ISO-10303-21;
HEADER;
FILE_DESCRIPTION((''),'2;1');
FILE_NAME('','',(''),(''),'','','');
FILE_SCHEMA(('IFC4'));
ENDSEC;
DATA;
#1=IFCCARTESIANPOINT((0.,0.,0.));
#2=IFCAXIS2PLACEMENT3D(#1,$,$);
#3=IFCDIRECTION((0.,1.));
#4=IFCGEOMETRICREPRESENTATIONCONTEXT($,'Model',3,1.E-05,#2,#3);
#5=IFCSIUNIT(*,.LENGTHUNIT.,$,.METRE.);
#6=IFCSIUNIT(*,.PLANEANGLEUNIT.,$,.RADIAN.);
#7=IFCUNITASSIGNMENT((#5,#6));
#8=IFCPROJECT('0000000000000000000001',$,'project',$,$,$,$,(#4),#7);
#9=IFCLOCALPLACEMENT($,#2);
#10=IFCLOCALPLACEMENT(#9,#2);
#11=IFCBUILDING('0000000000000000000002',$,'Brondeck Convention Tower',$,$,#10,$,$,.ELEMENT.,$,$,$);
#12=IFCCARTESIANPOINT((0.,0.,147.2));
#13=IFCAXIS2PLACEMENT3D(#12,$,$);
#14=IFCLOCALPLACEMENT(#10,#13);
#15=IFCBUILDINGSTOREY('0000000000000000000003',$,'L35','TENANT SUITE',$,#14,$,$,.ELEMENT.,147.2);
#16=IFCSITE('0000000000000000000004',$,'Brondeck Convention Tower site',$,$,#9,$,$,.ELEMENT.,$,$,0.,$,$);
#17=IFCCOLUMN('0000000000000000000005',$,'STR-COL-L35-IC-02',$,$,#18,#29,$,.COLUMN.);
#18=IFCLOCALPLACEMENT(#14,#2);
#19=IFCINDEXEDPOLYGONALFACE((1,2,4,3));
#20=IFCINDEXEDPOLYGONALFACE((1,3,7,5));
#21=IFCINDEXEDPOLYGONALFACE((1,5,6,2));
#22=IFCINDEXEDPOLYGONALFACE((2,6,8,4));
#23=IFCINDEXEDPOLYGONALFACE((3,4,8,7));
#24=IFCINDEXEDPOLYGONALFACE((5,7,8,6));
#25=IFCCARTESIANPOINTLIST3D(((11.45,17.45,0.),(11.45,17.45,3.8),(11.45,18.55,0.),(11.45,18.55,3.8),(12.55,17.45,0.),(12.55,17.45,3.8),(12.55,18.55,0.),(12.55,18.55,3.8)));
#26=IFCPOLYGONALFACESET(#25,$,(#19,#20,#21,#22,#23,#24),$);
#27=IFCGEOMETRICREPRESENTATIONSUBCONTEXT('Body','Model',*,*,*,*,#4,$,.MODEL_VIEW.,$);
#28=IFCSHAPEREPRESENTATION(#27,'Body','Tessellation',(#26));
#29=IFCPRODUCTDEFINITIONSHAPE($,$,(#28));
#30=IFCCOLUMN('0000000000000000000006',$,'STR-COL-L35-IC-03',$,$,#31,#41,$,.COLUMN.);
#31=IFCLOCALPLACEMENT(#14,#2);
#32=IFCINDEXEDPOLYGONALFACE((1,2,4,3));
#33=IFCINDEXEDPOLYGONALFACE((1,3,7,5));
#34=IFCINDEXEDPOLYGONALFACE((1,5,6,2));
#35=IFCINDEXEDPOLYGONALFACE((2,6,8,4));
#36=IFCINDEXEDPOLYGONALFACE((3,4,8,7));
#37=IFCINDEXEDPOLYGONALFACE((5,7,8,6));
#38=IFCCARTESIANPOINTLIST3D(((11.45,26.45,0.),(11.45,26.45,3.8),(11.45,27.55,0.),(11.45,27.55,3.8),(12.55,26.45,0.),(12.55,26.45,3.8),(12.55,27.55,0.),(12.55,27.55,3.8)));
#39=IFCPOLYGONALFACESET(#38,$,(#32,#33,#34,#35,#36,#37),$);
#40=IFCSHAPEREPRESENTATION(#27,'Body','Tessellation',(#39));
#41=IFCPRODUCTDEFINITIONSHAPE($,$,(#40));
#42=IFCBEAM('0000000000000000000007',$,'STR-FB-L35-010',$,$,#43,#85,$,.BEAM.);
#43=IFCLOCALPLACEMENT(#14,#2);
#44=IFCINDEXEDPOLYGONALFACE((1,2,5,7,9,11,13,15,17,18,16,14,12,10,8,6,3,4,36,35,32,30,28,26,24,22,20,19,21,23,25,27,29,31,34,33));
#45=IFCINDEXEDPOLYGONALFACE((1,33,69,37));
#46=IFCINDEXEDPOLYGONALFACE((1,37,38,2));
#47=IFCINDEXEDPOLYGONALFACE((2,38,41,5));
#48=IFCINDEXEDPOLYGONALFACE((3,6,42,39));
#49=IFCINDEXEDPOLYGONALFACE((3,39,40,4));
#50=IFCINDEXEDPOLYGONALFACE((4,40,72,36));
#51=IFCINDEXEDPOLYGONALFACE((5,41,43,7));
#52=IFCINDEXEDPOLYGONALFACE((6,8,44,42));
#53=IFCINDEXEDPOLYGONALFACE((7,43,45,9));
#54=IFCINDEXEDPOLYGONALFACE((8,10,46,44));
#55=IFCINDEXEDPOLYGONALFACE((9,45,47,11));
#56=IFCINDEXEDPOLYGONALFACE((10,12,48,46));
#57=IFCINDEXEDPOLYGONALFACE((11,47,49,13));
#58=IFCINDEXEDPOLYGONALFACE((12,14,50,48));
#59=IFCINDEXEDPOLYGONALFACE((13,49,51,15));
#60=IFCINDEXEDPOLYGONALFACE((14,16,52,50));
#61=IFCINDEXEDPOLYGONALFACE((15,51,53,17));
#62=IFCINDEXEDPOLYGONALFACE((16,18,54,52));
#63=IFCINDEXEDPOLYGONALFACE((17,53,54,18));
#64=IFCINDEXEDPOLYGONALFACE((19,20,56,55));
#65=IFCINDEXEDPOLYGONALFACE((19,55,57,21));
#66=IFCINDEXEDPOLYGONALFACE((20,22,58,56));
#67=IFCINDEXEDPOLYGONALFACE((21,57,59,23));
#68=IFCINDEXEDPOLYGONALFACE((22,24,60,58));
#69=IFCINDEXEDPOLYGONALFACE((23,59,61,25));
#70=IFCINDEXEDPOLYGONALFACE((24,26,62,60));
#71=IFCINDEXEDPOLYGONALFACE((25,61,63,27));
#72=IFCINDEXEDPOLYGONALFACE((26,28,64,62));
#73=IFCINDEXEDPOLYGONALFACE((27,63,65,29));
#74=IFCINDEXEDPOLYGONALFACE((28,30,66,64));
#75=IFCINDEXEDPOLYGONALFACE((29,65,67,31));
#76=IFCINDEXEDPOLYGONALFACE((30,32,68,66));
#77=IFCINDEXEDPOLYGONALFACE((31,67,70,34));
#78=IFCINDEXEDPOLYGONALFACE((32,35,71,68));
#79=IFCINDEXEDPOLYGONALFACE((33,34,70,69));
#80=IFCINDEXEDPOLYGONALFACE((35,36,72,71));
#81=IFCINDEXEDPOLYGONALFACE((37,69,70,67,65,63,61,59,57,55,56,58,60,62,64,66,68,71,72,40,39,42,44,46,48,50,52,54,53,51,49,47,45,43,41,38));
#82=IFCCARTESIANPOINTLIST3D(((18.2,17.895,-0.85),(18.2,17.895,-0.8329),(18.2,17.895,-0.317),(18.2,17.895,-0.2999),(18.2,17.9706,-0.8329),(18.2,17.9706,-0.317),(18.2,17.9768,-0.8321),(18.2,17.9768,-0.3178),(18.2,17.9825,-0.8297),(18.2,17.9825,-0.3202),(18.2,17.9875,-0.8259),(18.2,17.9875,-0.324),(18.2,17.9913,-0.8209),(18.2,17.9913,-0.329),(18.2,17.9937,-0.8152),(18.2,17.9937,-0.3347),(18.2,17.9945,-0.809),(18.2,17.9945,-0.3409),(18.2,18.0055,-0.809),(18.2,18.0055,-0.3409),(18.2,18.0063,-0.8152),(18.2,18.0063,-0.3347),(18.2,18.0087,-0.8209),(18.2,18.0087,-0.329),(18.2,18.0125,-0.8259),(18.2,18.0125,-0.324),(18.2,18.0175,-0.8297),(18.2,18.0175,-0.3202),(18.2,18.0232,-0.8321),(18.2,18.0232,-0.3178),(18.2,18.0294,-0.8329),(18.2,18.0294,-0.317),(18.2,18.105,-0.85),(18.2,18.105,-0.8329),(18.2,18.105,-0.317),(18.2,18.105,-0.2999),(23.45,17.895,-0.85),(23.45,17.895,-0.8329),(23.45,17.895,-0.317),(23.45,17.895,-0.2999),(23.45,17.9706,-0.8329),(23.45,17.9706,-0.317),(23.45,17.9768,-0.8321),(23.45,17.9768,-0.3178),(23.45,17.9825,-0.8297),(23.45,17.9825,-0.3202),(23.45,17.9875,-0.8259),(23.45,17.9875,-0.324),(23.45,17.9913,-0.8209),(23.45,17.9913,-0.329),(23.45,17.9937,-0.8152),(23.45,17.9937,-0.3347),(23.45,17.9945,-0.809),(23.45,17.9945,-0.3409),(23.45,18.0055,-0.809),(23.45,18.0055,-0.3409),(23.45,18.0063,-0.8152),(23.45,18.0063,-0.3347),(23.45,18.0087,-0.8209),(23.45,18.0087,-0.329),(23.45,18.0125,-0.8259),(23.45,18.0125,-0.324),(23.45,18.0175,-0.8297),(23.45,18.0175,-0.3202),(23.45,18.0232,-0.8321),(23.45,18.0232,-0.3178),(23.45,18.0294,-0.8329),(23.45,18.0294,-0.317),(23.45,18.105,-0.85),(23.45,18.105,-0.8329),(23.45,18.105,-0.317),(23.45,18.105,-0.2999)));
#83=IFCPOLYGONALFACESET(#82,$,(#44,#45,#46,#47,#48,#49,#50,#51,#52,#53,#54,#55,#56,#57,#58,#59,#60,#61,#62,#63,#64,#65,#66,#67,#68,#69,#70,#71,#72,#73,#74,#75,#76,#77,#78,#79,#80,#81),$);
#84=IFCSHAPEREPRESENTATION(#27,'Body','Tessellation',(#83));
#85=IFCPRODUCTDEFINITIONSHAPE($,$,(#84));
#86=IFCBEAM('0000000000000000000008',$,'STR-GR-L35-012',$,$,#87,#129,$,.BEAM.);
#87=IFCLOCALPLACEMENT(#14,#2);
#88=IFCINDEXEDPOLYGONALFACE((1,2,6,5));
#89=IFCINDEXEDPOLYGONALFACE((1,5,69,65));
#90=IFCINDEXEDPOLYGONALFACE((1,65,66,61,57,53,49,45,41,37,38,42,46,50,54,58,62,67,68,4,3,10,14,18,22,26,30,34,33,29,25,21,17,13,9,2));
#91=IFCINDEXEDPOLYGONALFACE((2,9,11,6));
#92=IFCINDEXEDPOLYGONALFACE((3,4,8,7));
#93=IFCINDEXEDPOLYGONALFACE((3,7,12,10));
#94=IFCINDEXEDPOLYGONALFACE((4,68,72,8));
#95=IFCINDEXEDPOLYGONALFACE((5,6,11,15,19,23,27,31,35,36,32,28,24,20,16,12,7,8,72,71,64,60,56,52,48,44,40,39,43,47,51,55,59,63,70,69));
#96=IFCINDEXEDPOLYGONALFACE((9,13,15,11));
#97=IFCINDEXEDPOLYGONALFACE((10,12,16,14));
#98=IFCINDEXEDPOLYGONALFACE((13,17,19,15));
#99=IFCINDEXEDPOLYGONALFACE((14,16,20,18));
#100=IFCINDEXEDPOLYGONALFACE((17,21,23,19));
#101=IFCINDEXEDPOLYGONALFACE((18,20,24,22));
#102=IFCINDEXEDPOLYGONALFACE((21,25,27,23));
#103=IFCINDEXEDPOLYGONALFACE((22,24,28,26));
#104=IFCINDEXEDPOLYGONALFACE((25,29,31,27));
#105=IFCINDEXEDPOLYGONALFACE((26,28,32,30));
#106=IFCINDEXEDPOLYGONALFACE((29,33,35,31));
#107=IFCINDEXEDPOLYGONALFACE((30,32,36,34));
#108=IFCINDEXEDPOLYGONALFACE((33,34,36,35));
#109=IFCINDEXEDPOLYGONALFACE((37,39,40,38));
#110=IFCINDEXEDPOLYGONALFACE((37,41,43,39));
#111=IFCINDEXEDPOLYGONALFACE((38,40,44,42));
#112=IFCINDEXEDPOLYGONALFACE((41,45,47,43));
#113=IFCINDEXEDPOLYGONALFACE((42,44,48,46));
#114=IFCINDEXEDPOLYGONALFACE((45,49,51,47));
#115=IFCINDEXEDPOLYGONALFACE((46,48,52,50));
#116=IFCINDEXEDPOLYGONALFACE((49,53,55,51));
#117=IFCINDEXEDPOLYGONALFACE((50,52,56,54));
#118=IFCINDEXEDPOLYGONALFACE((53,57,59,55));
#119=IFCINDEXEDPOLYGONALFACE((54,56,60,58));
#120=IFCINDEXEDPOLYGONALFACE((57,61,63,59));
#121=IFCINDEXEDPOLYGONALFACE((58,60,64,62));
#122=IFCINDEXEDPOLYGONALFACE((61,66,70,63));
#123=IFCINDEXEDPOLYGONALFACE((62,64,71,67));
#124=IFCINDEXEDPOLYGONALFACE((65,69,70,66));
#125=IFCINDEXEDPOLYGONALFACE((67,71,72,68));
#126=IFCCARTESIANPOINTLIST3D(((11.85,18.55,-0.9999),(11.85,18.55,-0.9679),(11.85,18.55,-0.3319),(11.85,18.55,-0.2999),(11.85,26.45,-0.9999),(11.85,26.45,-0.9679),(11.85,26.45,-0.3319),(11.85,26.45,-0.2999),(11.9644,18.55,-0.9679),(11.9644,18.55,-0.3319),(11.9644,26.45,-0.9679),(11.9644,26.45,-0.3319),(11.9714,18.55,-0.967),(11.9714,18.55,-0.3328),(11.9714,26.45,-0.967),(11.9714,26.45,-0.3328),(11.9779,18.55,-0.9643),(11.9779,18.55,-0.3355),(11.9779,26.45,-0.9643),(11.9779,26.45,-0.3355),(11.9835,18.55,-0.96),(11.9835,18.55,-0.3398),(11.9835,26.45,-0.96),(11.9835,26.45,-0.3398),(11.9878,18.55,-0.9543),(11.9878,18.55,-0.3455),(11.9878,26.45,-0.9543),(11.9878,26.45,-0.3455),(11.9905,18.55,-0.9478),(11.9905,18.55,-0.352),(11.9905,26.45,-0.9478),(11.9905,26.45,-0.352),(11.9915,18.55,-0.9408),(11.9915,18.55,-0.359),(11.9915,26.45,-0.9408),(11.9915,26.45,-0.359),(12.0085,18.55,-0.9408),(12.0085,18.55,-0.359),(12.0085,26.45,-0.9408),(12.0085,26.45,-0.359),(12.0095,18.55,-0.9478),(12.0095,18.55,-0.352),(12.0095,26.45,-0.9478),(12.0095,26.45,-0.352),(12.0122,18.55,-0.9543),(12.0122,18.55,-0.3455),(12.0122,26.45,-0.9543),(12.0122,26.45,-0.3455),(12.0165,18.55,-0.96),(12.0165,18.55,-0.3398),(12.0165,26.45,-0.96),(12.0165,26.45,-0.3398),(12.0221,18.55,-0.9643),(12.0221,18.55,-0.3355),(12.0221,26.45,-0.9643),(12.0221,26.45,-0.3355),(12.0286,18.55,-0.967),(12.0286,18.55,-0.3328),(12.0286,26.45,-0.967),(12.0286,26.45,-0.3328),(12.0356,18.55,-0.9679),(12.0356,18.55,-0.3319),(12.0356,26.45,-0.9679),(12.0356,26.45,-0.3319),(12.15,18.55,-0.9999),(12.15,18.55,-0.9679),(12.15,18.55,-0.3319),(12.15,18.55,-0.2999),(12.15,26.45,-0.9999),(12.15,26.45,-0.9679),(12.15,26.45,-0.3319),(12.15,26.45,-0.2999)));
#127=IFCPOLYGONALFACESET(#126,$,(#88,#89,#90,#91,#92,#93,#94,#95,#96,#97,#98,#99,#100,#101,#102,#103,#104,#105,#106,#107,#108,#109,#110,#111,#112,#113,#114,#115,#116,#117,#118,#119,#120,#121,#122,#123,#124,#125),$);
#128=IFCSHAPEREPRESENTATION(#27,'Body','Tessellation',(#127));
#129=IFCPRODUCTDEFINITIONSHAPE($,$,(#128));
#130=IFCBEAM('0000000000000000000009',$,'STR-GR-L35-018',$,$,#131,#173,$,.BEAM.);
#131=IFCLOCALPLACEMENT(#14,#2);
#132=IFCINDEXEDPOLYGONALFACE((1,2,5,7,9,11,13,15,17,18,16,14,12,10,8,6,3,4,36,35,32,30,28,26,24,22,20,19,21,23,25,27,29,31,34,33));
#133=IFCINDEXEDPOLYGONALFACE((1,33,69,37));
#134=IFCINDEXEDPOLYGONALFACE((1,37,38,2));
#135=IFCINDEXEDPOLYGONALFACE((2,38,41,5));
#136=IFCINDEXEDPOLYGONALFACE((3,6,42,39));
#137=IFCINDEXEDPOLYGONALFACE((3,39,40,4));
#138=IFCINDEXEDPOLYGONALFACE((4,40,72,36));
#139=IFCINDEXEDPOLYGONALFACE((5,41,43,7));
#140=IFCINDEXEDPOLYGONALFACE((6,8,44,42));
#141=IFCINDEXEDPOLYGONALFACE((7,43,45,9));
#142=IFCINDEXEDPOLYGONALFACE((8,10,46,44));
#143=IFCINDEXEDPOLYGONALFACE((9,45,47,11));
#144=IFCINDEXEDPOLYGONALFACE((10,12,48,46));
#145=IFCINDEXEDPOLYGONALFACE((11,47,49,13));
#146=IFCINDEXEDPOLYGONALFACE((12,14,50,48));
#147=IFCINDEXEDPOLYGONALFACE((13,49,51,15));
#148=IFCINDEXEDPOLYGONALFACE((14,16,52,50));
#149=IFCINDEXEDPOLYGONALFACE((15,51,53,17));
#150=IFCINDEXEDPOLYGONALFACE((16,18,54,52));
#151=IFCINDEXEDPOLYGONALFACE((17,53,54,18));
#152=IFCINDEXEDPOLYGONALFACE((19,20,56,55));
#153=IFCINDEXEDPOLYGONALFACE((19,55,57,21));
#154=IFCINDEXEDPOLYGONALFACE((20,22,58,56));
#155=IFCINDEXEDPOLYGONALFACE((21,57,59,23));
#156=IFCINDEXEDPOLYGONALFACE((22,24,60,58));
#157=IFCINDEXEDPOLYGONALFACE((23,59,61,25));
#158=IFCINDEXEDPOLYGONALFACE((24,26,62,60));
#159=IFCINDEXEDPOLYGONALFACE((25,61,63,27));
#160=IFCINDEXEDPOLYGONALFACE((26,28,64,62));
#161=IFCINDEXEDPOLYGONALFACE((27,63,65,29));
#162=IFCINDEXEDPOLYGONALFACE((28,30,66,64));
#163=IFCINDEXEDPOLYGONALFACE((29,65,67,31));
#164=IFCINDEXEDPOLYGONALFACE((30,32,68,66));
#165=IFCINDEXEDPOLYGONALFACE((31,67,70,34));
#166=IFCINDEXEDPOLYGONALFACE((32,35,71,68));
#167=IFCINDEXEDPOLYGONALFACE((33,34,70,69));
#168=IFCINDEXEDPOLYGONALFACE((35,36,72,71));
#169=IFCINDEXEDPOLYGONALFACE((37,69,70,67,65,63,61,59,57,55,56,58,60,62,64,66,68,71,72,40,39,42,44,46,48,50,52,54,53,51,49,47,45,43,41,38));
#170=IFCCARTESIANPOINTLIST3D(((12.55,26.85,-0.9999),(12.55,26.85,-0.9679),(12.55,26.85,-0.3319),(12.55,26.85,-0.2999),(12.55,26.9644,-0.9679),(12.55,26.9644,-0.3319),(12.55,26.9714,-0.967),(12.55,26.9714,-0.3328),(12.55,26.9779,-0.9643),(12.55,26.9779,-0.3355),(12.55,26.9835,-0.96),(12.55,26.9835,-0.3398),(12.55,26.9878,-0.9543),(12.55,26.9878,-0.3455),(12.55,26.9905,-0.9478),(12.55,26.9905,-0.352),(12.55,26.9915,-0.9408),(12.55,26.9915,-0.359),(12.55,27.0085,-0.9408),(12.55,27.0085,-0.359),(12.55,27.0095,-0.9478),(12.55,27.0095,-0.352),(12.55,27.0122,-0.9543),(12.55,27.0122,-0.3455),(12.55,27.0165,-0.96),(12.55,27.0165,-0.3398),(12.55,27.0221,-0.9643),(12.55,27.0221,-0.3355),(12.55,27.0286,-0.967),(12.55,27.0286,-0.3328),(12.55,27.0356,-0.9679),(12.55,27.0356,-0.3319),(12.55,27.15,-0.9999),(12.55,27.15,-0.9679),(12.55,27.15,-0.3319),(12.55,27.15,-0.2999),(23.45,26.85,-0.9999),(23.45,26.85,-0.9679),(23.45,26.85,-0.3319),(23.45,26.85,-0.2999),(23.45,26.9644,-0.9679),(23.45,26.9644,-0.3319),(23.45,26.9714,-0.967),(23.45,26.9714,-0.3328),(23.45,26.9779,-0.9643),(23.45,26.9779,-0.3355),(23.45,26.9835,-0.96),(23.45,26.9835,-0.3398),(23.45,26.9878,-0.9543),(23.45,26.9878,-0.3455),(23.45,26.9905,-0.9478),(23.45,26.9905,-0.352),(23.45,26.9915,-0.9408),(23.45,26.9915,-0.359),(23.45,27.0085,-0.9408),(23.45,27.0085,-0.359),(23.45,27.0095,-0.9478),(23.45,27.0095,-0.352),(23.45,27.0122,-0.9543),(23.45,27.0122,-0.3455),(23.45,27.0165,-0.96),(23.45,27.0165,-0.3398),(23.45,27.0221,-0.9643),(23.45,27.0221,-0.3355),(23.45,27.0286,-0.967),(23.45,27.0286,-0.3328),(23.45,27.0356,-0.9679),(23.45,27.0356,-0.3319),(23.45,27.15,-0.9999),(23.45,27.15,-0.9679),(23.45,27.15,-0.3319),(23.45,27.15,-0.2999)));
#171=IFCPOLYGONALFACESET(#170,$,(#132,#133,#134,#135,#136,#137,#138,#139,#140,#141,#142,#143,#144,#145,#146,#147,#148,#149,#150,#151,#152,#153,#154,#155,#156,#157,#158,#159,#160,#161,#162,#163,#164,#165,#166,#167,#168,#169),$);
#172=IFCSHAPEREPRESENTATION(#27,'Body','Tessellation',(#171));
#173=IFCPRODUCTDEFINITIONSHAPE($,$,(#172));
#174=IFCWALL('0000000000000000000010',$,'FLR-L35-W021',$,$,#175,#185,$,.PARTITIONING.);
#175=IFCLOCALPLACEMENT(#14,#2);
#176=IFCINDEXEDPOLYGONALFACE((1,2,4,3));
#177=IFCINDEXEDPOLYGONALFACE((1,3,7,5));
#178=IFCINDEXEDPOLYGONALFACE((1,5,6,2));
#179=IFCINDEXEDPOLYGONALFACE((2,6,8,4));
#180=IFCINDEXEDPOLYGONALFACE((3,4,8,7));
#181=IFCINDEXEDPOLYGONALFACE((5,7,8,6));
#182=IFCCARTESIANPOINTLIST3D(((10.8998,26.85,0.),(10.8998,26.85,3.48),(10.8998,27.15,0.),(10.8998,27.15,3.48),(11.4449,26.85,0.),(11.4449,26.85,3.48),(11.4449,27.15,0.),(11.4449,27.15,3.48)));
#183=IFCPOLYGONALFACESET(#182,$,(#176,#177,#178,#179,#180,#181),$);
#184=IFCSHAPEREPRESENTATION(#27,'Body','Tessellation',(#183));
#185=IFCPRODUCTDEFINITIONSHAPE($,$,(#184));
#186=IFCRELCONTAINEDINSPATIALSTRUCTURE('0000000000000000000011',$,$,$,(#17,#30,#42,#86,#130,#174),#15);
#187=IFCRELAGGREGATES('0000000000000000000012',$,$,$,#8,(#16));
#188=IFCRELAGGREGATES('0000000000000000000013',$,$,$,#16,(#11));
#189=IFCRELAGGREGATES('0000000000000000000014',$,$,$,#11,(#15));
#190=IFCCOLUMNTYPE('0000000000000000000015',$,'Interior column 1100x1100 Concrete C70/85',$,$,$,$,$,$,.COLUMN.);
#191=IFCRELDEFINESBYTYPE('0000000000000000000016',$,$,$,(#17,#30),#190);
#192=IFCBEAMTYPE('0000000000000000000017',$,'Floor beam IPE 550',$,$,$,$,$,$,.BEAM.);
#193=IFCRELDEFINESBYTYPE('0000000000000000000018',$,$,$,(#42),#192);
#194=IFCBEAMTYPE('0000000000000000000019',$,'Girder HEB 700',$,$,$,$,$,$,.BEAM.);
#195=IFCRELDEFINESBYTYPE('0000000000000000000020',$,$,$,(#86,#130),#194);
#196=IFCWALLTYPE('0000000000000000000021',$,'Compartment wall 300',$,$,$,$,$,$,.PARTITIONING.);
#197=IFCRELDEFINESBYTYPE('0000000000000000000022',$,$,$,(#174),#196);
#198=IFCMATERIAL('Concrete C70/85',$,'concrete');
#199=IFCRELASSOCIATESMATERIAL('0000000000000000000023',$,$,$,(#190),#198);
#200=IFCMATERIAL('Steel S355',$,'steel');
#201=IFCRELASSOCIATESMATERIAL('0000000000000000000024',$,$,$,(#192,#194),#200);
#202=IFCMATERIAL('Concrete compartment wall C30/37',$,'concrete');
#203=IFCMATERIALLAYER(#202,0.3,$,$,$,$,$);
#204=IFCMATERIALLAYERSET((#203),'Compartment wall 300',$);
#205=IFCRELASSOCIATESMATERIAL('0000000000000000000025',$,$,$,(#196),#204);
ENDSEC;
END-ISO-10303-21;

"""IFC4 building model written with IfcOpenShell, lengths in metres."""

from ifc_helpers import new_model, si_unit, direction, frame, frame_2d, origin, origin_2d, place, context, subcontext, project, spatial, rectangle, i_section, extrude, material, layer, layer_set, material_profile, profile_set, type_object, element, save


model = new_model("IFC4")

# Units and contexts
model_context = context("Model", 3, precision=1e-05, world=origin(), true_north=direction((0.0, 1.0)))
body_context = subcontext(model_context, "Body", "Model", "MODEL_VIEW")
ifc_project = project(units=[si_unit("LENGTHUNIT", "METRE"), si_unit("PLANEANGLEUNIT", "RADIAN")], contexts=[model_context])

# Site, building, storey
site_placement = place(None, origin())
site = spatial("IfcSite", under=ifc_project, at=site_placement, Name="Brondeck Convention Tower site", CompositionType="ELEMENT", RefElevation=0.0)
building_placement = place(site_placement, origin())
building = spatial("IfcBuilding", under=site, at=building_placement, Name="Brondeck Convention Tower", CompositionType="ELEMENT")
storey_placement = place(building_placement, frame((0.0, 0.0, 147.2)))
storey = spatial("IfcBuildingStorey", under=building, at=storey_placement, Name="L35", Description="TENANT SUITE", CompositionType="ELEMENT", Elevation=147.2)

# Columns
ifc_material_1 = material(Name="Concrete C70/85", Category="concrete")
ifc_material_profile_1 = material_profile(ifc_material_1, rectangle(XDim=1.1001, YDim=1.1001, at=origin_2d()), Name="Interior column 1100x1100 Concrete C70/85")
ifc_profile_set_1 = profile_set([ifc_material_profile_1], Name="Concrete C70/85")
column_type = type_object("IfcColumnType", Name="Interior column 1100x1100 Concrete C70/85", PredefinedType="COLUMN", material=ifc_profile_set_1)
for number, where, z_axis, x_axis, name in (
    (1, (12.0, 18.0, 0.0), (0.0, 0.0, 1.0), (1.0, 0.0, 0.0), "STR-COL-L35-IC-02"),
    (2, (12.0, 27.0, 0.0), (0.0, 0.0, 1.0), (1.0, 0.0, 0.0), "STR-COL-L35-IC-03"),
):
    element("IfcColumn", number, at=place(storey_placement, frame(where, z_axis=z_axis, x_axis=x_axis)), inside=storey, type_object=column_type, Name=name, PredefinedType="COLUMN", context=body_context, shape_type="SweptSolid", body=[
        extrude(rectangle(XDim=1.1001, YDim=1.1001, at=origin_2d()), origin(), (0.0, 0.0, 1.0), 3.8),
    ])

# Beams
ifc_material_2 = material(Name="Steel S355", Category="steel")
ifc_material_profile_2 = material_profile(ifc_material_2, i_section(OverallWidth=0.21, OverallDepth=0.55, WebThickness=0.011, FlangeThickness=0.0171, FilletRadius=0.0239, at=origin_2d()), Name="IPE 550")
ifc_profile_set_2 = profile_set([ifc_material_profile_2], Name="Steel S355")
beam_type_1 = type_object("IfcBeamType", Name="Floor beam IPE 550", PredefinedType="BEAM", material=ifc_profile_set_2)
beam_1_placement = place(storey_placement, frame((18.2, 18.0, -0.575), z_axis=(1.0, 0.0, 0.0), x_axis=(0.0, 1.0, 0.0)))
element("IfcBeam", 3, at=beam_1_placement, inside=storey, type_object=beam_type_1, Name="STR-FB-L35-010", PredefinedType="BEAM", context=body_context, shape_type="SweptSolid", body=[
    extrude(i_section(OverallWidth=0.21, OverallDepth=0.55, WebThickness=0.011, FlangeThickness=0.0171, FilletRadius=0.0239, at=origin_2d()), origin(), (0.0, 0.0, 1.0), 5.25),
])
ifc_material_profile_3 = material_profile(ifc_material_2, i_section(OverallWidth=0.3, OverallDepth=0.7, WebThickness=0.0171, FlangeThickness=0.032, FilletRadius=0.0271, at=origin_2d()), Name="HEB 700")
ifc_profile_set_3 = profile_set([ifc_material_profile_3], Name="Steel S355")
beam_type_2 = type_object("IfcBeamType", Name="Girder HEB 700", PredefinedType="BEAM", material=ifc_profile_set_3)
beam_2_placement = place(storey_placement, frame((12.0, 26.45, -0.6499), z_axis=(0.0, -1.0, 0.0), x_axis=(1.0, 0.0, 0.0)))
element("IfcBeam", 4, at=beam_2_placement, inside=storey, type_object=beam_type_2, Name="STR-GR-L35-012", PredefinedType="BEAM", context=body_context, shape_type="SweptSolid", body=[
    extrude(i_section(OverallWidth=0.3, OverallDepth=0.7, WebThickness=0.0171, FlangeThickness=0.032, FilletRadius=0.0271, at=origin_2d()), origin(), (0.0, 0.0, 1.0), 7.8999),
])
beam_3_placement = place(storey_placement, frame((12.55, 27.0, -0.6499), z_axis=(1.0, 0.0, 0.0), x_axis=(0.0, 1.0, 0.0)))
element("IfcBeam", 5, at=beam_3_placement, inside=storey, type_object=beam_type_2, Name="STR-GR-L35-018", PredefinedType="BEAM", context=body_context, shape_type="SweptSolid", body=[
    extrude(i_section(OverallWidth=0.3, OverallDepth=0.7, WebThickness=0.0171, FlangeThickness=0.032, FilletRadius=0.0271, at=origin_2d()), origin(), (0.0, 0.0, 1.0), 10.8999),
])

# Wall
ifc_material_3 = material(Name="Concrete compartment wall C30/37", Category="concrete")
ifc_layer_1 = layer(ifc_material_3, 0.3)
ifc_layer_set_1 = layer_set([ifc_layer_1], Name="Compartment wall 300")
wall_type_1 = type_object("IfcWallType", Name="Compartment wall 300", PredefinedType="PARTITIONING", material=ifc_layer_set_1)
wall_1_placement = place(storey_placement, frame((10.8999, 27.0, 0.0), z_axis=(0.0, 0.0, 1.0), x_axis=(1.0, 0.0, 0.0)))
element("IfcWall", 6, at=wall_1_placement, inside=storey, type_object=wall_type_1, Name="FLR-L35-W021", PredefinedType="PARTITIONING", context=body_context, shape_type="SweptSolid", body=[
    extrude(rectangle(XDim=0.5452, YDim=0.3, at=frame_2d((0.2725, 0.0))), origin(), (0.0, 0.0, 1.0), 3.48),
])

save(model, "model.ifc")
